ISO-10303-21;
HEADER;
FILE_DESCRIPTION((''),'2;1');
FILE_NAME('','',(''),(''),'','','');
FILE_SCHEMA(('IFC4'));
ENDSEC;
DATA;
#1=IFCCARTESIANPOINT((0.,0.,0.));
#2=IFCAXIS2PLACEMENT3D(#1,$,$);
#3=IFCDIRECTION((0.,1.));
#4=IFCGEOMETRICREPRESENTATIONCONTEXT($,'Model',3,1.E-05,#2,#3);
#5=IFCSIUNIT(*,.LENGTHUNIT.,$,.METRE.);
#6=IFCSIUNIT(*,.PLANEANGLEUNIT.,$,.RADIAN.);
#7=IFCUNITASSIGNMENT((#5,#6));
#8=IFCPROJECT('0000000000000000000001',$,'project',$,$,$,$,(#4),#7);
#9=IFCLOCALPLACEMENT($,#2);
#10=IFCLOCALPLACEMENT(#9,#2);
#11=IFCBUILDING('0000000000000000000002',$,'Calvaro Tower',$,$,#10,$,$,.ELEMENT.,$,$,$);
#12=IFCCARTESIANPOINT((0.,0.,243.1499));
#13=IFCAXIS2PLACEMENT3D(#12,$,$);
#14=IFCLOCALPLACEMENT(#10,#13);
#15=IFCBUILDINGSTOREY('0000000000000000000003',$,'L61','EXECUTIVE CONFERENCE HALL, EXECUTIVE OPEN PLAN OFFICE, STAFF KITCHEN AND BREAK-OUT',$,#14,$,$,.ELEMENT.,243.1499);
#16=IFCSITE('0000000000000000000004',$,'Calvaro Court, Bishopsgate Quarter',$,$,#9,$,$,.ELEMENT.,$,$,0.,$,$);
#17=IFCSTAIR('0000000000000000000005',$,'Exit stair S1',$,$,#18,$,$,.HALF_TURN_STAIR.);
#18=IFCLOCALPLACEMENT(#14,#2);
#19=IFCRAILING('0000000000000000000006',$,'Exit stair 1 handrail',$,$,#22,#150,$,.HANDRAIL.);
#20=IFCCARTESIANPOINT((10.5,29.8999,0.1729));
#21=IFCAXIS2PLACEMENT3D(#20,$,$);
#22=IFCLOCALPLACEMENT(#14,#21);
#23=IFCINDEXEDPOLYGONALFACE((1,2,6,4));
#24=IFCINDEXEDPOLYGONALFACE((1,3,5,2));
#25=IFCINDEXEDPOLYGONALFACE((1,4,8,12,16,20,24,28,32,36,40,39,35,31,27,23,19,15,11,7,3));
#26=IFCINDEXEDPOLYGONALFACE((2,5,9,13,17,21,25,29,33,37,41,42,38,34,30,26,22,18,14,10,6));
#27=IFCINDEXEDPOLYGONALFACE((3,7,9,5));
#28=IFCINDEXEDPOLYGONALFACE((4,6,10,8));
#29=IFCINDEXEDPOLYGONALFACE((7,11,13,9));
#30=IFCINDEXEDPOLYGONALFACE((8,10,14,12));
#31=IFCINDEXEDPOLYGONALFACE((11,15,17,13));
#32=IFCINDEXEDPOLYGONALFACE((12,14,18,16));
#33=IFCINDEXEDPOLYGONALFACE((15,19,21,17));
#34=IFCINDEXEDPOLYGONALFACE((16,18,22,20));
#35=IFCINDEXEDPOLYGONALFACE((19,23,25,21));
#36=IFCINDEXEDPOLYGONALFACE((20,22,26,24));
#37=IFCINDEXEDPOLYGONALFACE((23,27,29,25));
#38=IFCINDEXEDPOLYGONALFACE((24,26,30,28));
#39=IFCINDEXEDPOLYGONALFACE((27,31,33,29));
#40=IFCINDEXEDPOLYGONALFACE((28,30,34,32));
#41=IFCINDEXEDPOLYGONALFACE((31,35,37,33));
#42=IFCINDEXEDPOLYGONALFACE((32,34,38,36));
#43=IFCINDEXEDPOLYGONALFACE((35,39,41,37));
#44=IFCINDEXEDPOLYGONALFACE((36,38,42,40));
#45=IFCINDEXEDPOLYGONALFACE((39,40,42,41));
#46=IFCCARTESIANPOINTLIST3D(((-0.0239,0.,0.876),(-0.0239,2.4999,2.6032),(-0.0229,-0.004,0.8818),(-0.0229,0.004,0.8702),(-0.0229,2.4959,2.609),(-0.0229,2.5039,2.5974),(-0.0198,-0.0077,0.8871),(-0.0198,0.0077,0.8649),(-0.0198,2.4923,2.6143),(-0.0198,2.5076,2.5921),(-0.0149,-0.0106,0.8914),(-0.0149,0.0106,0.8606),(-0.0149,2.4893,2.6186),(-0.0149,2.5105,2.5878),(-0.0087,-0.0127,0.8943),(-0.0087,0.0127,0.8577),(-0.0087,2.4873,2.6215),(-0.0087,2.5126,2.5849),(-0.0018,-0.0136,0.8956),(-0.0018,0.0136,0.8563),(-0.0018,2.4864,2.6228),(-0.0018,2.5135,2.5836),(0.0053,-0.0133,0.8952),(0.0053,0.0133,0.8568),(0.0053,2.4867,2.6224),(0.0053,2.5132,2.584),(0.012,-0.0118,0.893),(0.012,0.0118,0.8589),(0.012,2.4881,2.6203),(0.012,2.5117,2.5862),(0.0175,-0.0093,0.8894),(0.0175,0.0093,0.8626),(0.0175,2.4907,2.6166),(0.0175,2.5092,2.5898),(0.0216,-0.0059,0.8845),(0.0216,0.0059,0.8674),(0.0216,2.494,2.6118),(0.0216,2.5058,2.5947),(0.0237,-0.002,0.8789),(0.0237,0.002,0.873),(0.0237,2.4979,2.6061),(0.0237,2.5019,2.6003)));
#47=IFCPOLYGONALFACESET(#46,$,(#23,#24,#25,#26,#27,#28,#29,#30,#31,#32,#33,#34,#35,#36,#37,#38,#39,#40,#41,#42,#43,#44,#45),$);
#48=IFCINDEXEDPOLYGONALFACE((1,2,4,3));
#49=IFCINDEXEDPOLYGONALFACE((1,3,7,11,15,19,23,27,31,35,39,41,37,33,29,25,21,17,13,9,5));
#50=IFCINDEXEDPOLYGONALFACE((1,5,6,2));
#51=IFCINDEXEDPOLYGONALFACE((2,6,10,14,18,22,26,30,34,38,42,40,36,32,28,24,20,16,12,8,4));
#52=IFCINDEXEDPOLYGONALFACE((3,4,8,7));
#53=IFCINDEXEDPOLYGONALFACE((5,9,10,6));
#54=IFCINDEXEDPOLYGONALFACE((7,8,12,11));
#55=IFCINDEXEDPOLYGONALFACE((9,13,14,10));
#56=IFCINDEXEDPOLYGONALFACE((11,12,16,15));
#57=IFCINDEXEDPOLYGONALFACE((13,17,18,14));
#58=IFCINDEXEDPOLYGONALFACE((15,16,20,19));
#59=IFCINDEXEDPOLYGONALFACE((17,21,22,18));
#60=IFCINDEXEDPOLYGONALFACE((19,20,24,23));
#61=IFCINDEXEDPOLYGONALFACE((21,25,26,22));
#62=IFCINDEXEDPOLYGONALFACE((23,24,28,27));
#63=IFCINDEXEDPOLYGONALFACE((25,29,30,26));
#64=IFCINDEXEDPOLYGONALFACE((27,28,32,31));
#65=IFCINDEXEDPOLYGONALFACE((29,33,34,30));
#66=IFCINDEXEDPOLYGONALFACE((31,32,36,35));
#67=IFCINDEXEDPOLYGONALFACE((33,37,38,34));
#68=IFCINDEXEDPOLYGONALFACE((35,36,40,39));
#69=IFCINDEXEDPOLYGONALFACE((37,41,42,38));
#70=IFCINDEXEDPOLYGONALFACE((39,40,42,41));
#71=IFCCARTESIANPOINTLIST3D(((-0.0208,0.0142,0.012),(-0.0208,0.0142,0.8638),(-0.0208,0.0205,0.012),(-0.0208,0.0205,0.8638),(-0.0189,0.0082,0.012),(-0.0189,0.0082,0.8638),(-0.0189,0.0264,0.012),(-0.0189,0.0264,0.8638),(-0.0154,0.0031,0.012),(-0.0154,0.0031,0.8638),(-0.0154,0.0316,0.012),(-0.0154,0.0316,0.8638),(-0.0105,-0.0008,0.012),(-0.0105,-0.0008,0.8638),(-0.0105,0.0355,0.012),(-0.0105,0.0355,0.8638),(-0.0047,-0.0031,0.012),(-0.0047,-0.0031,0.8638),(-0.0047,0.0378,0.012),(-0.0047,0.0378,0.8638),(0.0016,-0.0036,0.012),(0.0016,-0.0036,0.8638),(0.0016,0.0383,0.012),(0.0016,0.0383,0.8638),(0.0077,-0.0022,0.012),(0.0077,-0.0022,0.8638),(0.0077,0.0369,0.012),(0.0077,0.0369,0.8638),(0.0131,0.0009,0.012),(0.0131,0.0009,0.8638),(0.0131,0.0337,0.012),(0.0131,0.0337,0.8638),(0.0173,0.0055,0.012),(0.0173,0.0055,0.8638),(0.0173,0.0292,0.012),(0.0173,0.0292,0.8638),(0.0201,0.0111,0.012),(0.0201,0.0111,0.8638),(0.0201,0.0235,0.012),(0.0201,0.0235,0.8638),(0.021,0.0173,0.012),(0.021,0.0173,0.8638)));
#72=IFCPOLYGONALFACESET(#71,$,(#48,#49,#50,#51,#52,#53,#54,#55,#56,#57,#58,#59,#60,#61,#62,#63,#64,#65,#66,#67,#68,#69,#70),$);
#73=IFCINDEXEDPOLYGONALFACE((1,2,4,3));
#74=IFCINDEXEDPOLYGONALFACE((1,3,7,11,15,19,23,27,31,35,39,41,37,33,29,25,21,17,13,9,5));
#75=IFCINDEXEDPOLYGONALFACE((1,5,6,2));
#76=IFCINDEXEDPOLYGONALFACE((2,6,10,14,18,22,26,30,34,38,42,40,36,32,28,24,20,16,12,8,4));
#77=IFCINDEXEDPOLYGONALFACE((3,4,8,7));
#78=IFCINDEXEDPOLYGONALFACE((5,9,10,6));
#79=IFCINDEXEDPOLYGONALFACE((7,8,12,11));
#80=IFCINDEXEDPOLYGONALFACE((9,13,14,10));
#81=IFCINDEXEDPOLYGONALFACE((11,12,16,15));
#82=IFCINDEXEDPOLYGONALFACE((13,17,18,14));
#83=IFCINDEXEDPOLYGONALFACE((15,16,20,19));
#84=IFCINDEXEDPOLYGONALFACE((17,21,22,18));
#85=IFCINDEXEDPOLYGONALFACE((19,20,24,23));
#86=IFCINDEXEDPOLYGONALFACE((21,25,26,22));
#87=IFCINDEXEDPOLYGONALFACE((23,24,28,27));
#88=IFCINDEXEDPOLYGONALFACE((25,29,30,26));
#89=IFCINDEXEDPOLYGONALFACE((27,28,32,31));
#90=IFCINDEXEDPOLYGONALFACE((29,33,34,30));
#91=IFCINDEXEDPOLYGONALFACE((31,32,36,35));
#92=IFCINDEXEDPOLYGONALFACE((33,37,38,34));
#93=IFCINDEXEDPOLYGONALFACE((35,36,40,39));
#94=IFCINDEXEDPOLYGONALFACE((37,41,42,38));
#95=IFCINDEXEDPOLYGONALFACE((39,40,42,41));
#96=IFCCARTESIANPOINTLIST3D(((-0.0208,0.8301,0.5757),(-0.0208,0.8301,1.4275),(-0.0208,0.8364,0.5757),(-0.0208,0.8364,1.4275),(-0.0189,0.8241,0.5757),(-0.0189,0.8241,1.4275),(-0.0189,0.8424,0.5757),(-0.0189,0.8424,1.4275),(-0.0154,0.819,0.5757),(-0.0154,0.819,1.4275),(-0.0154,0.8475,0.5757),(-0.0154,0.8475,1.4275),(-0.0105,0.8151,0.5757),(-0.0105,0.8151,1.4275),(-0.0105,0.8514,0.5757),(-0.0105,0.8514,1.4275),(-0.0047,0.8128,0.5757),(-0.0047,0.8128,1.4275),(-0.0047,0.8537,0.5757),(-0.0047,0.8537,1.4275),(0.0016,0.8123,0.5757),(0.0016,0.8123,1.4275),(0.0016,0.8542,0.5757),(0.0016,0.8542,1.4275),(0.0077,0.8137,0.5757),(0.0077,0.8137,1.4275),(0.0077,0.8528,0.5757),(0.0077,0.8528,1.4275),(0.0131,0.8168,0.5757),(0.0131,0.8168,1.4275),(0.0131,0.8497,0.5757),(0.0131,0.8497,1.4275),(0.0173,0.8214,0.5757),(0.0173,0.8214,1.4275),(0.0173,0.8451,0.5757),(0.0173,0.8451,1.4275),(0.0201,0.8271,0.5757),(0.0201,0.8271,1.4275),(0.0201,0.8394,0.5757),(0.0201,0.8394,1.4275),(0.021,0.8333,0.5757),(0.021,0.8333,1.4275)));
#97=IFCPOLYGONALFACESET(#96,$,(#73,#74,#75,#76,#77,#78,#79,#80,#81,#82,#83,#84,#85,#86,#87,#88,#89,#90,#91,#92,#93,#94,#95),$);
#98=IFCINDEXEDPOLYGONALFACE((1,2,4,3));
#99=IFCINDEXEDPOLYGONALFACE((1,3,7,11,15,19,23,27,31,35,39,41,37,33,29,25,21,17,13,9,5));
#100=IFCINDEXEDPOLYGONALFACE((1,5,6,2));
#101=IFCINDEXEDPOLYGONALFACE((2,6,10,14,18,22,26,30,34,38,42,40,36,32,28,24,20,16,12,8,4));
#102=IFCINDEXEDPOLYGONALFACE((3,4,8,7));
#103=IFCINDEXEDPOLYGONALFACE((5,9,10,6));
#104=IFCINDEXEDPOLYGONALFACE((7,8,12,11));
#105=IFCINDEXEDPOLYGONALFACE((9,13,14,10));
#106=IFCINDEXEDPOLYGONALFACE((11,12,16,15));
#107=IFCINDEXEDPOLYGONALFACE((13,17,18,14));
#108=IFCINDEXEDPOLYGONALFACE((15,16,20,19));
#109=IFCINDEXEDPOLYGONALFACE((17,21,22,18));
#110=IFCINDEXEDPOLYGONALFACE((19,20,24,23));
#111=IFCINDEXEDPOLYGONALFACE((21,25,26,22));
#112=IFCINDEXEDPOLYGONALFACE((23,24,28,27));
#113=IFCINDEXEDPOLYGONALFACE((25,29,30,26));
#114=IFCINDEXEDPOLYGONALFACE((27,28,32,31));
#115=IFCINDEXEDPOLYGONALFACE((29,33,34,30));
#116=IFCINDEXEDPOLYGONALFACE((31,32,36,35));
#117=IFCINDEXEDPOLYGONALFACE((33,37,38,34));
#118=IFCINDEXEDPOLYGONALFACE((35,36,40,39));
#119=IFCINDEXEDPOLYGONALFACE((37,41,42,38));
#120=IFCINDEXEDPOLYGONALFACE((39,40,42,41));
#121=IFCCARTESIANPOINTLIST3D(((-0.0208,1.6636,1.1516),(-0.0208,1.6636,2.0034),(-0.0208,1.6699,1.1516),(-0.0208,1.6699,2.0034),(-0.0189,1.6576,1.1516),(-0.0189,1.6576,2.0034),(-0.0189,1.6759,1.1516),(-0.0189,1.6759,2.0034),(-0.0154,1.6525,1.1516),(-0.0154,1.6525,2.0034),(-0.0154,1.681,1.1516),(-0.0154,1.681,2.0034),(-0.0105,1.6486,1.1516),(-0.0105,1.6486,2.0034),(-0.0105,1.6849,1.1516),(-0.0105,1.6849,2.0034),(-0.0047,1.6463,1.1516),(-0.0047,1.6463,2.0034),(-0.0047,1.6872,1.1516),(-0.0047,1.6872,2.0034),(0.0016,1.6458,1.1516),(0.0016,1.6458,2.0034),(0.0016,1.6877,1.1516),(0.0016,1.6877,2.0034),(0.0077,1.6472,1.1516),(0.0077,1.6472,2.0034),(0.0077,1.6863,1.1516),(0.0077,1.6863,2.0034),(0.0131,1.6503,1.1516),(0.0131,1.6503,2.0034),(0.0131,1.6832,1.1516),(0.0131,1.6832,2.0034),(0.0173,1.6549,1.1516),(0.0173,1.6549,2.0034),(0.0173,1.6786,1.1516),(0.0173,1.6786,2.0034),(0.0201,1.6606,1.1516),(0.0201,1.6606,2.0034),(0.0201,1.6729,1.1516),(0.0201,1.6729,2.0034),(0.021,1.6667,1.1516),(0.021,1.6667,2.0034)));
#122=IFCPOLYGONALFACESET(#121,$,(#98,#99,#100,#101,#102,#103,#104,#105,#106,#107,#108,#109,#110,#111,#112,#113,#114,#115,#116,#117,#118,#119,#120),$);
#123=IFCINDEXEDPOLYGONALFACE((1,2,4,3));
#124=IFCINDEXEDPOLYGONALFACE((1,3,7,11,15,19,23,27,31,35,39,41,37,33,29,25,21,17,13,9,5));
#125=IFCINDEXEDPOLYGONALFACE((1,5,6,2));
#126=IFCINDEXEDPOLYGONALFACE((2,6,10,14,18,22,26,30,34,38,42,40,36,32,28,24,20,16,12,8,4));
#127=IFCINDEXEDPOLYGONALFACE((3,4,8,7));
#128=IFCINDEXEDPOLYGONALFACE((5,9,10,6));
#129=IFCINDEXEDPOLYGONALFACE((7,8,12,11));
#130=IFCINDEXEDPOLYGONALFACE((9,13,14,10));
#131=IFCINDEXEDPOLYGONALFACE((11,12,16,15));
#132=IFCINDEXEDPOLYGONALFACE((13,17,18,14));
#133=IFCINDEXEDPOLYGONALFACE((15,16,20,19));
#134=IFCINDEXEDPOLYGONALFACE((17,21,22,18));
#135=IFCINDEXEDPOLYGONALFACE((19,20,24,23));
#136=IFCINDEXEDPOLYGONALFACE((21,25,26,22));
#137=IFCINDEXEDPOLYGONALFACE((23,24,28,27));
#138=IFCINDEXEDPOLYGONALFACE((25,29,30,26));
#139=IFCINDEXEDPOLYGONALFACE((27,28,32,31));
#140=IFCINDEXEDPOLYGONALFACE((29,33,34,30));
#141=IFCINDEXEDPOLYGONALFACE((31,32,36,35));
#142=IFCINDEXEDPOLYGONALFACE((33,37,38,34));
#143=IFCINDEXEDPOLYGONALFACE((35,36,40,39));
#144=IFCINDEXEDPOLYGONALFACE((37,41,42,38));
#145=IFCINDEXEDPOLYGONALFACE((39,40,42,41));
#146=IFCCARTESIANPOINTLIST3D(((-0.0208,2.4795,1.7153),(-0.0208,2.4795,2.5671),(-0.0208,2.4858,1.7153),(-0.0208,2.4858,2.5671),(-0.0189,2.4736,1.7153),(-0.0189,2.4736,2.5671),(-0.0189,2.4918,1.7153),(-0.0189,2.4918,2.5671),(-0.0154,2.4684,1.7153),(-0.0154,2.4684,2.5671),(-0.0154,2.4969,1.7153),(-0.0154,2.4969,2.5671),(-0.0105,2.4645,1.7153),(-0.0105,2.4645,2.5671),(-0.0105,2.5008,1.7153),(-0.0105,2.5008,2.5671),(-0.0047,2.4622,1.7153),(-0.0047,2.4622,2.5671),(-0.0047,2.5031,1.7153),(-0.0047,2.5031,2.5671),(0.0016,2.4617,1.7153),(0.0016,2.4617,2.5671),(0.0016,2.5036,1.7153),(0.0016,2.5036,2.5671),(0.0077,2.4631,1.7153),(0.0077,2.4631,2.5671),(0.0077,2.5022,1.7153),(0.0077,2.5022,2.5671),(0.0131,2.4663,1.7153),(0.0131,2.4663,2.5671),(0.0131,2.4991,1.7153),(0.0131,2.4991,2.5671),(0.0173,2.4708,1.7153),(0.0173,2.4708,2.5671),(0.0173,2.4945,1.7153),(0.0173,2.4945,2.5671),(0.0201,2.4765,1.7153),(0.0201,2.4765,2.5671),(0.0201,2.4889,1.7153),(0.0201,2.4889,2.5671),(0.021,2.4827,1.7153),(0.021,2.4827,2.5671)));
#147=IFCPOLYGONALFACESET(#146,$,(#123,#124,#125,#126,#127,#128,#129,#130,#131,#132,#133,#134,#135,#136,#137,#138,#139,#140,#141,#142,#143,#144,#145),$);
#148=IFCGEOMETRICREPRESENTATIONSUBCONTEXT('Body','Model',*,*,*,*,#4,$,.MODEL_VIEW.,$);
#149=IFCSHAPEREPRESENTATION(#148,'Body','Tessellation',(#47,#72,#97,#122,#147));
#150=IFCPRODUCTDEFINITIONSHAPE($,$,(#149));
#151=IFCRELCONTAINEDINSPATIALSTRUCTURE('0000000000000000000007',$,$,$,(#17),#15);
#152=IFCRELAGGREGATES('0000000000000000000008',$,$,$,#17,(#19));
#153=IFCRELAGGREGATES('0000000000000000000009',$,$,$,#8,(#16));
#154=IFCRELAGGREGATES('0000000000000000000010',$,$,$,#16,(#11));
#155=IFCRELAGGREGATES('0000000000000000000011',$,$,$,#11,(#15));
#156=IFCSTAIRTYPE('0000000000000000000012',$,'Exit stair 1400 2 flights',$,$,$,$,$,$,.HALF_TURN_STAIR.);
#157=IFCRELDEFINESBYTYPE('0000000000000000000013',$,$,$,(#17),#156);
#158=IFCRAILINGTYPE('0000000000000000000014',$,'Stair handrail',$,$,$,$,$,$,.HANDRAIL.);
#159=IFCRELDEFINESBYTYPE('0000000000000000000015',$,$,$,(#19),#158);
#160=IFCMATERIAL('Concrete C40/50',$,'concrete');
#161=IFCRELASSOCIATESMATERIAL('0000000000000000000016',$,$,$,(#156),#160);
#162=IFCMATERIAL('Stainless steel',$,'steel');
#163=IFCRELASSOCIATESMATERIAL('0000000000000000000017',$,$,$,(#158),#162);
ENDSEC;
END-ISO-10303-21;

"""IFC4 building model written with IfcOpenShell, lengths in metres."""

from ifc_helpers import new_model, si_unit, direction, frame, origin, origin_2d, place, context, subcontext, project, spatial, circle, extrude, material, type_object, element, aggregate, save


model = new_model("IFC4")

# Units and contexts
model_context = context("Model", 3, precision=1e-05, world=origin(), true_north=direction((0.0, 1.0)))
body_context = subcontext(model_context, "Body", "Model", "MODEL_VIEW")
ifc_project = project(units=[si_unit("LENGTHUNIT", "METRE"), si_unit("PLANEANGLEUNIT", "RADIAN")], contexts=[model_context])

# Site, building, storey
site_placement = place(None, origin())
site = spatial("IfcSite", under=ifc_project, at=site_placement, Name="Calvaro Court, Bishopsgate Quarter", CompositionType="ELEMENT", RefElevation=0.0)
building_placement = place(site_placement, origin())
building = spatial("IfcBuilding", under=site, at=building_placement, Name="Calvaro Tower", CompositionType="ELEMENT")
storey_placement = place(building_placement, frame((0.0, 0.0, 243.1499)))
storey = spatial("IfcBuildingStorey", under=building, at=storey_placement, Name="L61", Description="EXECUTIVE CONFERENCE HALL, EXECUTIVE OPEN PLAN OFFICE, STAFF KITCHEN AND BREAK-OUT", CompositionType="ELEMENT", Elevation=243.1499)

# Stair, railing
ifc_material_1 = material(Name="Concrete C40/50", Category="concrete")
stair_type = type_object("IfcStairType", Name="Exit stair 1400 2 flights", PredefinedType="HALF_TURN_STAIR", material=ifc_material_1)
stair_placement = place(storey_placement, origin())
stair = element("IfcStair", 1, at=stair_placement, inside=storey, type_object=stair_type, Name="Exit stair S1", PredefinedType="HALF_TURN_STAIR")
ifc_material_2 = material(Name="Stainless steel", Category="steel")
railing_type = type_object("IfcRailingType", Name="Stair handrail", PredefinedType="HANDRAIL", material=ifc_material_2)
railing_1_placement = place(storey_placement, frame((10.5, 29.8999, 0.1729)))
railing_1 = element("IfcRailing", 2, at=railing_1_placement, type_object=railing_type, Name="Exit stair 1 handrail", PredefinedType="HANDRAIL", context=body_context, shape_type="SweptSolid", body=[
    extrude(circle(Radius=0.0239, at=origin_2d()), frame((0.0, 0.0, 0.876), z_axis=(0.0, 0.822727, 0.568437), x_axis=(-1.0, 0.0, 0.0)), (0.0, 0.0, 1.0), 3.0386),
    extrude(circle(Radius=0.021, at=origin_2d()), frame((0.0, 0.0173, 0.012)), (0.0, 0.0, 1.0), 0.8518),
    extrude(circle(Radius=0.021, at=origin_2d()), frame((0.0, 0.8333, 0.5757)), (0.0, 0.0, 1.0), 0.8518),
    extrude(circle(Radius=0.021, at=origin_2d()), frame((0.0, 1.6667, 1.1516)), (0.0, 0.0, 1.0), 0.8518),
    extrude(circle(Radius=0.021, at=origin_2d()), frame((0.0, 2.4827, 1.7153)), (0.0, 0.0, 1.0), 0.8518),
])
aggregate(stair, [railing_1])

save(model, "model.ifc")
